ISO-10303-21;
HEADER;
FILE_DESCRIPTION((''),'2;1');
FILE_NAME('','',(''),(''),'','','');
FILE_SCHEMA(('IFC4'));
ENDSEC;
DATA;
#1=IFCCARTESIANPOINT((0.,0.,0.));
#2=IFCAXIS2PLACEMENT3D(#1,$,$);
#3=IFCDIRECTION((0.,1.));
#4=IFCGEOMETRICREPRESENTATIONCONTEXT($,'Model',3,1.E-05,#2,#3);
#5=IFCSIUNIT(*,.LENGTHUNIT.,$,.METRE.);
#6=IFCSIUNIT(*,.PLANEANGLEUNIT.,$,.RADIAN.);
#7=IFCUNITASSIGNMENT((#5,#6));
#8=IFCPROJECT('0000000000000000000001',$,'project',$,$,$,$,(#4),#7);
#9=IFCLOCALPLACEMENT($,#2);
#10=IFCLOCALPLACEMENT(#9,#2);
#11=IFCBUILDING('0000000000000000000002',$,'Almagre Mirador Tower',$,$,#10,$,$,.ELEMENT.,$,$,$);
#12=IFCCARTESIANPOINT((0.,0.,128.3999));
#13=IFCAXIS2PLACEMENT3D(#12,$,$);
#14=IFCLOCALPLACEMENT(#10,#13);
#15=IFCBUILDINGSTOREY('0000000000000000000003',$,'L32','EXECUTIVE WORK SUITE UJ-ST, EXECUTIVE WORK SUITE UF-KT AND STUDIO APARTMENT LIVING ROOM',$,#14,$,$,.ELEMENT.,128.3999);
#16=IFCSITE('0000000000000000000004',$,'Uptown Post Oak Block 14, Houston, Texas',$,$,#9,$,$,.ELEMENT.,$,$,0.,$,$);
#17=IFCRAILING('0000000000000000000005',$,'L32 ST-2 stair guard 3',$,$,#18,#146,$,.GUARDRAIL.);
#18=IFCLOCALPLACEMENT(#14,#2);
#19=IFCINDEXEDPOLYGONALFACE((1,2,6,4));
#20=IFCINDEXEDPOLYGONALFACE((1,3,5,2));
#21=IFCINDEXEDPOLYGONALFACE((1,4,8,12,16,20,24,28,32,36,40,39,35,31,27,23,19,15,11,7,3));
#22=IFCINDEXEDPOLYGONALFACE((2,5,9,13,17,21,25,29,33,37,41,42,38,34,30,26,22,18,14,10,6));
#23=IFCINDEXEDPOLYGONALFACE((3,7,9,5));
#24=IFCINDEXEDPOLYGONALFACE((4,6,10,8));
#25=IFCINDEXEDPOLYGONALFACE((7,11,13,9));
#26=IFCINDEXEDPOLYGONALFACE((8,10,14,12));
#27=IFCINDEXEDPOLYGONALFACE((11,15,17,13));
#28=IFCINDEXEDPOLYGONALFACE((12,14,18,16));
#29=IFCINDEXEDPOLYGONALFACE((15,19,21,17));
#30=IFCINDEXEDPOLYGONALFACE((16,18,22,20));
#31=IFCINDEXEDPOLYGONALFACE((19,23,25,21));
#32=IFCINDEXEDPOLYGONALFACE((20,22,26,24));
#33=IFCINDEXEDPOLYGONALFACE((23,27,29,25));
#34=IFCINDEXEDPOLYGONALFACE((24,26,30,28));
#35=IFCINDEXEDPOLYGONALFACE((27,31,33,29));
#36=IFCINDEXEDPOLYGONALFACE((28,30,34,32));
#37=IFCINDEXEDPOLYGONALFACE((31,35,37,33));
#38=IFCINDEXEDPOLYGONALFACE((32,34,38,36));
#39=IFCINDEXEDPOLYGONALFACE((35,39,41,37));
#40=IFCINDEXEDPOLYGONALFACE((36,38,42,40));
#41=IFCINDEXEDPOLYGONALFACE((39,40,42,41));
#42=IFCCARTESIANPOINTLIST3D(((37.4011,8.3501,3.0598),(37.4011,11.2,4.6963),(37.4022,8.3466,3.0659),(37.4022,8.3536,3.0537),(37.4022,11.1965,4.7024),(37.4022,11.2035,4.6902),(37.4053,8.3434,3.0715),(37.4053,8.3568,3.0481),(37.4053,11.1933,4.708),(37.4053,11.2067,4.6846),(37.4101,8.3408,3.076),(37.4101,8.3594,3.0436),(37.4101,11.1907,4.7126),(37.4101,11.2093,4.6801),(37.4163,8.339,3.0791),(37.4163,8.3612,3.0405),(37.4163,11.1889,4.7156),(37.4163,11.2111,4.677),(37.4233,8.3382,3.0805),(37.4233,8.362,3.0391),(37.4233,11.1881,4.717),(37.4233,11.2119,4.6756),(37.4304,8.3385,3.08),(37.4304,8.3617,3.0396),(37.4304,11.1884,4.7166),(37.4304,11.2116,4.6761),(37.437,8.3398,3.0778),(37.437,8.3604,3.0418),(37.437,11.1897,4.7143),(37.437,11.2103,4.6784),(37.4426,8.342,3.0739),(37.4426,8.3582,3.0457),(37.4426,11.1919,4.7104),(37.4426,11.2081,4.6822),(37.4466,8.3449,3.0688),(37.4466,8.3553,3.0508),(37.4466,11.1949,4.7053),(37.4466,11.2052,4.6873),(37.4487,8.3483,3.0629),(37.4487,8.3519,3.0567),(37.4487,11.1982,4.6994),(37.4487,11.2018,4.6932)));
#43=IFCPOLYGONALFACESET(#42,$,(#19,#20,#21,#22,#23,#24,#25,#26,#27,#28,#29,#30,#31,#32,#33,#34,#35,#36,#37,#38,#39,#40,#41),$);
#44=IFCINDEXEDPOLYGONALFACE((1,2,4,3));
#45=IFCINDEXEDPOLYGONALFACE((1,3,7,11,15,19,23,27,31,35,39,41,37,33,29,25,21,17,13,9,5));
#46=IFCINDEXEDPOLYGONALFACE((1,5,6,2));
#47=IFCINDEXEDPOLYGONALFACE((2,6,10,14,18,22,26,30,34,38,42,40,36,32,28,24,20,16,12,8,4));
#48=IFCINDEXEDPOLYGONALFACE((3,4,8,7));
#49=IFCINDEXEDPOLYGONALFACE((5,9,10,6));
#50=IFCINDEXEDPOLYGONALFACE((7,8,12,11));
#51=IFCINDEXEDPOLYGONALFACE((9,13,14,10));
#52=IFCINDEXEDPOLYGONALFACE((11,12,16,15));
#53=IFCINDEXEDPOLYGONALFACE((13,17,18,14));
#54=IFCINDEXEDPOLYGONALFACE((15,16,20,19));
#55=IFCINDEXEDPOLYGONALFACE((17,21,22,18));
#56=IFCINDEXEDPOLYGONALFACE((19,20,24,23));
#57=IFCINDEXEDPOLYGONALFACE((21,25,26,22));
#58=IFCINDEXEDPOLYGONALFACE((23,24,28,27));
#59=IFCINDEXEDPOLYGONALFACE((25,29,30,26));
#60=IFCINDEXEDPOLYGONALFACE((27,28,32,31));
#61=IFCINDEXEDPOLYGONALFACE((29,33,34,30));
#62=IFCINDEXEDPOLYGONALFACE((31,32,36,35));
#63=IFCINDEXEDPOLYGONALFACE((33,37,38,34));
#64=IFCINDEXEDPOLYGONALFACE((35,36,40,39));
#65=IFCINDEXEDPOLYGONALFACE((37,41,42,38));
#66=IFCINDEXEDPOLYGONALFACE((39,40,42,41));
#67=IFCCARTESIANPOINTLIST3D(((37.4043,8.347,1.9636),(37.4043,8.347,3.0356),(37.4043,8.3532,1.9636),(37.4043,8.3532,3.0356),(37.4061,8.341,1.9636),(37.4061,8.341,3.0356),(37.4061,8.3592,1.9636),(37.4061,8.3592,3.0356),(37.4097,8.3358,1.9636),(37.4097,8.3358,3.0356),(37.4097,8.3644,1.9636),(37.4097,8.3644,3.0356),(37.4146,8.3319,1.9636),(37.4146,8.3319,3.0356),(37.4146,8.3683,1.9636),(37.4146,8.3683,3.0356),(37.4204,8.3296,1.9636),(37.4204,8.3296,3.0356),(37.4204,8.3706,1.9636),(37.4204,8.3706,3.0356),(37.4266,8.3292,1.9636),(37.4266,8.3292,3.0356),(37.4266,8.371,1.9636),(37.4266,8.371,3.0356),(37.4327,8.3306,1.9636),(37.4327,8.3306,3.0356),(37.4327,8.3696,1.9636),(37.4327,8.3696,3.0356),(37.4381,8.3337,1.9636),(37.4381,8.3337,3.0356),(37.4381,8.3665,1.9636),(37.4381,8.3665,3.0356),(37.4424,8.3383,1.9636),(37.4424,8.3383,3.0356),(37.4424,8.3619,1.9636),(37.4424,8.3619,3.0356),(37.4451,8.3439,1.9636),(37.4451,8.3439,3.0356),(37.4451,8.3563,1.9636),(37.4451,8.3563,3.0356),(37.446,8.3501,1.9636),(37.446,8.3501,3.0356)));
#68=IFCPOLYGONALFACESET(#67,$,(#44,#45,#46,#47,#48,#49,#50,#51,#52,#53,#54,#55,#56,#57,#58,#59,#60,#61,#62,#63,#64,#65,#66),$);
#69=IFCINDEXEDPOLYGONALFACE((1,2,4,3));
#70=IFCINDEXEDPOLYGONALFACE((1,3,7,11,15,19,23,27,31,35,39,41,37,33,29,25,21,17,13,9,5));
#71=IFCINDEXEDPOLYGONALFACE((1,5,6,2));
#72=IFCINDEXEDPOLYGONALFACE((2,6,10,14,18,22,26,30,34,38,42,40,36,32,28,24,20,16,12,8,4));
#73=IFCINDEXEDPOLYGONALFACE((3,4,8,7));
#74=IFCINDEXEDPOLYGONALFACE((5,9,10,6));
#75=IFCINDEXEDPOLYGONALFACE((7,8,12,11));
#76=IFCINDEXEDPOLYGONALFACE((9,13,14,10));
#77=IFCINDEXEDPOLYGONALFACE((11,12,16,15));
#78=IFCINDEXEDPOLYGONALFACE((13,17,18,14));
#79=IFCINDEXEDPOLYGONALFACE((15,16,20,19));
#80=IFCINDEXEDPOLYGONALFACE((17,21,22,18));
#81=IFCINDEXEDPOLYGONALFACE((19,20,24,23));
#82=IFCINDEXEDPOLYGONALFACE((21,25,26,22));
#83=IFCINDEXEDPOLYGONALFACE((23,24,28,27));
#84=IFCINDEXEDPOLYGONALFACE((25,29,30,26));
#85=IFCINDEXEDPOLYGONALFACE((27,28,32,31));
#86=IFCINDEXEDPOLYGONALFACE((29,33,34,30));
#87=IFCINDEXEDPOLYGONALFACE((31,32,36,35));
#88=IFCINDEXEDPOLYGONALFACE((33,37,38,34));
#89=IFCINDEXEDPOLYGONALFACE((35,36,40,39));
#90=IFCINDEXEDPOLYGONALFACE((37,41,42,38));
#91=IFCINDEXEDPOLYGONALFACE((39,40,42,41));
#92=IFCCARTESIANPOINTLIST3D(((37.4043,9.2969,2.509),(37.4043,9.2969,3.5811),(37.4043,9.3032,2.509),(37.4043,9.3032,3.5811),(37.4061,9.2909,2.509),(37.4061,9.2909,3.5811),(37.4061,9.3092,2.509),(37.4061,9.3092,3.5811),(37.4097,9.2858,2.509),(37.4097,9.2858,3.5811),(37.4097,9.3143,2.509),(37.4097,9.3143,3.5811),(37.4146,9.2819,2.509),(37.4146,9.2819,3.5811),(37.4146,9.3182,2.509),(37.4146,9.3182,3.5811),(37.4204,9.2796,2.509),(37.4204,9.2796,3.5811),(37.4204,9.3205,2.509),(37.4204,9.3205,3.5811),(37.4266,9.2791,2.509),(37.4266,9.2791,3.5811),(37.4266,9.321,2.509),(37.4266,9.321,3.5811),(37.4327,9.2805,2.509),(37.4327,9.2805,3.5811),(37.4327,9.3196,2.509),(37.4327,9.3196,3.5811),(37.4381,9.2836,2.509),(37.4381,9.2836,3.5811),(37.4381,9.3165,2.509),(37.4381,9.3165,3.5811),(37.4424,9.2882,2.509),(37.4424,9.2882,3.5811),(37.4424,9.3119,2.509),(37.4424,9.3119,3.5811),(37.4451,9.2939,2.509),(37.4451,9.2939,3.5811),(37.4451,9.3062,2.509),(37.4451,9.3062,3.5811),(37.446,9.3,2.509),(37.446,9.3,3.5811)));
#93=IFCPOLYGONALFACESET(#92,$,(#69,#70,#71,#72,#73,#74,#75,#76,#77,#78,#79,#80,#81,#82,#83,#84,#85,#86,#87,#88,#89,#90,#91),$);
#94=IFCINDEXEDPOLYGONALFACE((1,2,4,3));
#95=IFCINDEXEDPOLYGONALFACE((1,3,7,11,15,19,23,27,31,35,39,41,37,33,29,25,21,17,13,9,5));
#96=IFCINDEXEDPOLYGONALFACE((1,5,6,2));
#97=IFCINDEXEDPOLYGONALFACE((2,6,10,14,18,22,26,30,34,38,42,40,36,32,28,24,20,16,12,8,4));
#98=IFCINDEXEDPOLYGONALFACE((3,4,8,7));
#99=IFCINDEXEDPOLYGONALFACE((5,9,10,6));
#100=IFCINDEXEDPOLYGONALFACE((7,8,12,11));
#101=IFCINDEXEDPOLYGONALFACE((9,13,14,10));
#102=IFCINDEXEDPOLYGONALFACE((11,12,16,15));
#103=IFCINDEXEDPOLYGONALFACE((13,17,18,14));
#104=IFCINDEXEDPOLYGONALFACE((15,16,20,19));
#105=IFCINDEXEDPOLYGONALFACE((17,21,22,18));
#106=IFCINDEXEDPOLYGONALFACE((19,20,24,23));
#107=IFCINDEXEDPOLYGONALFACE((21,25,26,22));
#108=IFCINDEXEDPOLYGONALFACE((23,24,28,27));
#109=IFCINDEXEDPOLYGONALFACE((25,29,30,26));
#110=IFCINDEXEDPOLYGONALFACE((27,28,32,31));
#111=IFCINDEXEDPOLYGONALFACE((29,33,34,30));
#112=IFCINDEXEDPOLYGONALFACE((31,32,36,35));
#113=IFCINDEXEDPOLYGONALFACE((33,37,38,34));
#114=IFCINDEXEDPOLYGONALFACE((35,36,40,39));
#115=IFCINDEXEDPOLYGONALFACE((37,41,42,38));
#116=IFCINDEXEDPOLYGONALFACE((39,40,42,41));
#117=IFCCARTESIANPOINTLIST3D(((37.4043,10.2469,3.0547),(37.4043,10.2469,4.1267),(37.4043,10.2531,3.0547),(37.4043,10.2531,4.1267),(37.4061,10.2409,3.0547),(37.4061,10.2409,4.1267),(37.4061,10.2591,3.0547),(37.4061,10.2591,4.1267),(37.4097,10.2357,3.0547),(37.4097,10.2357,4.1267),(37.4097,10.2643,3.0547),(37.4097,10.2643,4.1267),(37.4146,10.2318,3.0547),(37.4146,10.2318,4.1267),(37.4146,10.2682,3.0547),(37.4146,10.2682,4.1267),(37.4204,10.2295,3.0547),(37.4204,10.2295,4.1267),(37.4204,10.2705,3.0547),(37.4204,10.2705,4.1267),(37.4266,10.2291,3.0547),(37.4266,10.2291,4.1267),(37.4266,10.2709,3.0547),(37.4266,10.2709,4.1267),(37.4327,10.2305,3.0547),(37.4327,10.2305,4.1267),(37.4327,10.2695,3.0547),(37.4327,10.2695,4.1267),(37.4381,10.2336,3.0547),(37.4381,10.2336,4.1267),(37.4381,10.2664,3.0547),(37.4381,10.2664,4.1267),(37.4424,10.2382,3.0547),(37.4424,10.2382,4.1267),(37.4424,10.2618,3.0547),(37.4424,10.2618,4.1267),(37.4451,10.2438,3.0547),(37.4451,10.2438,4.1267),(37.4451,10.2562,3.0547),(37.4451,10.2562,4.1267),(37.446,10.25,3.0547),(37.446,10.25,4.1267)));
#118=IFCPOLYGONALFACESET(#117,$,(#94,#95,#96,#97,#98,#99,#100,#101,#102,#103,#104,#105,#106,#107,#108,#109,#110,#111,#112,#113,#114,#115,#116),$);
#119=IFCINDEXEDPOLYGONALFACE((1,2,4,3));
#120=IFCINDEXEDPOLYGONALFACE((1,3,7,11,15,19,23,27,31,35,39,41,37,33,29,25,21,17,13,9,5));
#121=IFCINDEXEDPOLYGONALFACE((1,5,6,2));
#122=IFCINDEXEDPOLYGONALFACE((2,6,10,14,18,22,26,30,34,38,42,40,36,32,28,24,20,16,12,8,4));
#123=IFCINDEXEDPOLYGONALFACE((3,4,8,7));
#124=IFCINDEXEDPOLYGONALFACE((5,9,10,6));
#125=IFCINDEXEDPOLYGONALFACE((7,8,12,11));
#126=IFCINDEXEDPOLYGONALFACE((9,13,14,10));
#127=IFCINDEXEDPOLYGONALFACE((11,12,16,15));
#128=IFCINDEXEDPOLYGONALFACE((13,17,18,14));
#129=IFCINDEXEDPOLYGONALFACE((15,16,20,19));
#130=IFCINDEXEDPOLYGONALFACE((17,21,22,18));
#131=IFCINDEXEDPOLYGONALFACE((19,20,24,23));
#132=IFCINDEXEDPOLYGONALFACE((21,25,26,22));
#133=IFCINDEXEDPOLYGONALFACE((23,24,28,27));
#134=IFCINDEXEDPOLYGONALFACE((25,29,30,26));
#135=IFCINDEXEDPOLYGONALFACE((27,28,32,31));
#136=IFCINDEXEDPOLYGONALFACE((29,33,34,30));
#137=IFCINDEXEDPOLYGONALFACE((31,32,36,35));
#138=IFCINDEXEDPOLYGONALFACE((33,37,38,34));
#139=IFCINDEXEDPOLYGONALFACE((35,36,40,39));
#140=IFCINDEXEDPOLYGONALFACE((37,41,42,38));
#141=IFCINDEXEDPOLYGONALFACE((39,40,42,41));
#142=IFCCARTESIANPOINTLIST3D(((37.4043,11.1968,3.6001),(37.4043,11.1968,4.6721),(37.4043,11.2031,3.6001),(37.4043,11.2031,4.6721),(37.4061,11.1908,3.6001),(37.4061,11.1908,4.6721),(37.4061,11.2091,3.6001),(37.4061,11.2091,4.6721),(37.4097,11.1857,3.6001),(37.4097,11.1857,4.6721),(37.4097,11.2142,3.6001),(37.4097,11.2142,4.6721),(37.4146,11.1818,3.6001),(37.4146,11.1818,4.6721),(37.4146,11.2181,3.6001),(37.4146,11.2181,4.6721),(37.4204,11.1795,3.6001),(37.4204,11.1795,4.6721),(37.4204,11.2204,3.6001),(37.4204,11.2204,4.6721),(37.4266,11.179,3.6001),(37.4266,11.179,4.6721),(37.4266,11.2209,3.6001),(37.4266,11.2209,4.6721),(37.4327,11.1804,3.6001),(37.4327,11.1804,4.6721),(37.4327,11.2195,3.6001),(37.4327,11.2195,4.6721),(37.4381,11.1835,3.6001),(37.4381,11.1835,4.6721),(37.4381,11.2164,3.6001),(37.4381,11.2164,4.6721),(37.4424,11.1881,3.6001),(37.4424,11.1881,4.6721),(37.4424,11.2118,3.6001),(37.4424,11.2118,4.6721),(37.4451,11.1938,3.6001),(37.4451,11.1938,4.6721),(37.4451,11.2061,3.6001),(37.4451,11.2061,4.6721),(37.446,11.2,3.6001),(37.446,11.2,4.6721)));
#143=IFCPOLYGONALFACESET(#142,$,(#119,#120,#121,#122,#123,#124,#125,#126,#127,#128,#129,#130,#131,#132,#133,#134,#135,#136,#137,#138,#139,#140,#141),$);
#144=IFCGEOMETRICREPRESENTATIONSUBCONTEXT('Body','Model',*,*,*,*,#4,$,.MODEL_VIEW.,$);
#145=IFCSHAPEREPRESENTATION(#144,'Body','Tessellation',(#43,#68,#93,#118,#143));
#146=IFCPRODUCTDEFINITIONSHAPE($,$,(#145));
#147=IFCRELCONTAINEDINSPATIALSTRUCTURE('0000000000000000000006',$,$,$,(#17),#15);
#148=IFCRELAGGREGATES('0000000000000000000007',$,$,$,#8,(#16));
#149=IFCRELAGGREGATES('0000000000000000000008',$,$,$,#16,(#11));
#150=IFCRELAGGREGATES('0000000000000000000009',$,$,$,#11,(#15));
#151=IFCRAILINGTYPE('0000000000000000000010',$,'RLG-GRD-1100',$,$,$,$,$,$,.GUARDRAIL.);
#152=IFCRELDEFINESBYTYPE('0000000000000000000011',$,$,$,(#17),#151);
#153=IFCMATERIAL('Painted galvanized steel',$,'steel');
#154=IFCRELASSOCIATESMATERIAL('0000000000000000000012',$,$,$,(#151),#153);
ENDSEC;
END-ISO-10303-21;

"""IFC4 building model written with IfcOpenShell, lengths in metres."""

from ifc_helpers import new_model, si_unit, direction, frame, origin, origin_2d, place, context, subcontext, project, spatial, circle, extrude, material, type_object, element, save


model = new_model("IFC4")

# Units and contexts
model_context = context("Model", 3, precision=1e-05, world=origin(), true_north=direction((0.0, 1.0)))
body_context = subcontext(model_context, "Body", "Model", "MODEL_VIEW")
ifc_project = project(units=[si_unit("LENGTHUNIT", "METRE"), si_unit("PLANEANGLEUNIT", "RADIAN")], contexts=[model_context])

# Site, building, storey
site_placement = place(None, origin())
site = spatial("IfcSite", under=ifc_project, at=site_placement, Name="Uptown Post Oak Block 14, Houston, Texas", CompositionType="ELEMENT", RefElevation=0.0)
building_placement = place(site_placement, origin())
building = spatial("IfcBuilding", under=site, at=building_placement, Name="Almagre Mirador Tower", CompositionType="ELEMENT")
storey_placement = place(building_placement, frame((0.0, 0.0, 128.3999)))
storey = spatial("IfcBuildingStorey", under=building, at=storey_placement, Name="L32", Description="EXECUTIVE WORK SUITE UJ-ST, EXECUTIVE WORK SUITE UF-KT AND STUDIO APARTMENT LIVING ROOM", CompositionType="ELEMENT", Elevation=128.3999)

# Railing
ifc_material_1 = material(Name="Painted galvanized steel", Category="steel")
railing_type_1 = type_object("IfcRailingType", Name="RLG-GRD-1100", PredefinedType="GUARDRAIL", material=ifc_material_1)
railing_1_placement = place(storey_placement, frame((37.425, 8.3501, 1.9636)))
element("IfcRailing", 1, at=railing_1_placement, inside=storey, type_object=railing_type_1, Name="L32 ST-2 stair guard 3", PredefinedType="GUARDRAIL", context=body_context, shape_type="SweptSolid", body=[
    extrude(circle(Radius=0.0239, at=origin_2d()), frame((0.0, 0.0, 1.0962), z_axis=(0.0, 0.867194, 0.49797), x_axis=(-1.0, 0.0, 0.0)), (0.0, 0.0, 1.0), 3.2864),
    extrude(circle(Radius=0.021, at=origin_2d()), origin(), (0.0, 0.0, 1.0), 1.072),
    extrude(circle(Radius=0.021, at=origin_2d()), frame((0.0, 0.95, 0.5454)), (0.0, 0.0, 1.0), 1.072),
    extrude(circle(Radius=0.021, at=origin_2d()), frame((0.0, 1.8999, 1.0911)), (0.0, 0.0, 1.0), 1.072),
    extrude(circle(Radius=0.021, at=origin_2d()), frame((0.0, 2.8499, 1.6365)), (0.0, 0.0, 1.0), 1.072),
])

save(model, "model.ifc")
